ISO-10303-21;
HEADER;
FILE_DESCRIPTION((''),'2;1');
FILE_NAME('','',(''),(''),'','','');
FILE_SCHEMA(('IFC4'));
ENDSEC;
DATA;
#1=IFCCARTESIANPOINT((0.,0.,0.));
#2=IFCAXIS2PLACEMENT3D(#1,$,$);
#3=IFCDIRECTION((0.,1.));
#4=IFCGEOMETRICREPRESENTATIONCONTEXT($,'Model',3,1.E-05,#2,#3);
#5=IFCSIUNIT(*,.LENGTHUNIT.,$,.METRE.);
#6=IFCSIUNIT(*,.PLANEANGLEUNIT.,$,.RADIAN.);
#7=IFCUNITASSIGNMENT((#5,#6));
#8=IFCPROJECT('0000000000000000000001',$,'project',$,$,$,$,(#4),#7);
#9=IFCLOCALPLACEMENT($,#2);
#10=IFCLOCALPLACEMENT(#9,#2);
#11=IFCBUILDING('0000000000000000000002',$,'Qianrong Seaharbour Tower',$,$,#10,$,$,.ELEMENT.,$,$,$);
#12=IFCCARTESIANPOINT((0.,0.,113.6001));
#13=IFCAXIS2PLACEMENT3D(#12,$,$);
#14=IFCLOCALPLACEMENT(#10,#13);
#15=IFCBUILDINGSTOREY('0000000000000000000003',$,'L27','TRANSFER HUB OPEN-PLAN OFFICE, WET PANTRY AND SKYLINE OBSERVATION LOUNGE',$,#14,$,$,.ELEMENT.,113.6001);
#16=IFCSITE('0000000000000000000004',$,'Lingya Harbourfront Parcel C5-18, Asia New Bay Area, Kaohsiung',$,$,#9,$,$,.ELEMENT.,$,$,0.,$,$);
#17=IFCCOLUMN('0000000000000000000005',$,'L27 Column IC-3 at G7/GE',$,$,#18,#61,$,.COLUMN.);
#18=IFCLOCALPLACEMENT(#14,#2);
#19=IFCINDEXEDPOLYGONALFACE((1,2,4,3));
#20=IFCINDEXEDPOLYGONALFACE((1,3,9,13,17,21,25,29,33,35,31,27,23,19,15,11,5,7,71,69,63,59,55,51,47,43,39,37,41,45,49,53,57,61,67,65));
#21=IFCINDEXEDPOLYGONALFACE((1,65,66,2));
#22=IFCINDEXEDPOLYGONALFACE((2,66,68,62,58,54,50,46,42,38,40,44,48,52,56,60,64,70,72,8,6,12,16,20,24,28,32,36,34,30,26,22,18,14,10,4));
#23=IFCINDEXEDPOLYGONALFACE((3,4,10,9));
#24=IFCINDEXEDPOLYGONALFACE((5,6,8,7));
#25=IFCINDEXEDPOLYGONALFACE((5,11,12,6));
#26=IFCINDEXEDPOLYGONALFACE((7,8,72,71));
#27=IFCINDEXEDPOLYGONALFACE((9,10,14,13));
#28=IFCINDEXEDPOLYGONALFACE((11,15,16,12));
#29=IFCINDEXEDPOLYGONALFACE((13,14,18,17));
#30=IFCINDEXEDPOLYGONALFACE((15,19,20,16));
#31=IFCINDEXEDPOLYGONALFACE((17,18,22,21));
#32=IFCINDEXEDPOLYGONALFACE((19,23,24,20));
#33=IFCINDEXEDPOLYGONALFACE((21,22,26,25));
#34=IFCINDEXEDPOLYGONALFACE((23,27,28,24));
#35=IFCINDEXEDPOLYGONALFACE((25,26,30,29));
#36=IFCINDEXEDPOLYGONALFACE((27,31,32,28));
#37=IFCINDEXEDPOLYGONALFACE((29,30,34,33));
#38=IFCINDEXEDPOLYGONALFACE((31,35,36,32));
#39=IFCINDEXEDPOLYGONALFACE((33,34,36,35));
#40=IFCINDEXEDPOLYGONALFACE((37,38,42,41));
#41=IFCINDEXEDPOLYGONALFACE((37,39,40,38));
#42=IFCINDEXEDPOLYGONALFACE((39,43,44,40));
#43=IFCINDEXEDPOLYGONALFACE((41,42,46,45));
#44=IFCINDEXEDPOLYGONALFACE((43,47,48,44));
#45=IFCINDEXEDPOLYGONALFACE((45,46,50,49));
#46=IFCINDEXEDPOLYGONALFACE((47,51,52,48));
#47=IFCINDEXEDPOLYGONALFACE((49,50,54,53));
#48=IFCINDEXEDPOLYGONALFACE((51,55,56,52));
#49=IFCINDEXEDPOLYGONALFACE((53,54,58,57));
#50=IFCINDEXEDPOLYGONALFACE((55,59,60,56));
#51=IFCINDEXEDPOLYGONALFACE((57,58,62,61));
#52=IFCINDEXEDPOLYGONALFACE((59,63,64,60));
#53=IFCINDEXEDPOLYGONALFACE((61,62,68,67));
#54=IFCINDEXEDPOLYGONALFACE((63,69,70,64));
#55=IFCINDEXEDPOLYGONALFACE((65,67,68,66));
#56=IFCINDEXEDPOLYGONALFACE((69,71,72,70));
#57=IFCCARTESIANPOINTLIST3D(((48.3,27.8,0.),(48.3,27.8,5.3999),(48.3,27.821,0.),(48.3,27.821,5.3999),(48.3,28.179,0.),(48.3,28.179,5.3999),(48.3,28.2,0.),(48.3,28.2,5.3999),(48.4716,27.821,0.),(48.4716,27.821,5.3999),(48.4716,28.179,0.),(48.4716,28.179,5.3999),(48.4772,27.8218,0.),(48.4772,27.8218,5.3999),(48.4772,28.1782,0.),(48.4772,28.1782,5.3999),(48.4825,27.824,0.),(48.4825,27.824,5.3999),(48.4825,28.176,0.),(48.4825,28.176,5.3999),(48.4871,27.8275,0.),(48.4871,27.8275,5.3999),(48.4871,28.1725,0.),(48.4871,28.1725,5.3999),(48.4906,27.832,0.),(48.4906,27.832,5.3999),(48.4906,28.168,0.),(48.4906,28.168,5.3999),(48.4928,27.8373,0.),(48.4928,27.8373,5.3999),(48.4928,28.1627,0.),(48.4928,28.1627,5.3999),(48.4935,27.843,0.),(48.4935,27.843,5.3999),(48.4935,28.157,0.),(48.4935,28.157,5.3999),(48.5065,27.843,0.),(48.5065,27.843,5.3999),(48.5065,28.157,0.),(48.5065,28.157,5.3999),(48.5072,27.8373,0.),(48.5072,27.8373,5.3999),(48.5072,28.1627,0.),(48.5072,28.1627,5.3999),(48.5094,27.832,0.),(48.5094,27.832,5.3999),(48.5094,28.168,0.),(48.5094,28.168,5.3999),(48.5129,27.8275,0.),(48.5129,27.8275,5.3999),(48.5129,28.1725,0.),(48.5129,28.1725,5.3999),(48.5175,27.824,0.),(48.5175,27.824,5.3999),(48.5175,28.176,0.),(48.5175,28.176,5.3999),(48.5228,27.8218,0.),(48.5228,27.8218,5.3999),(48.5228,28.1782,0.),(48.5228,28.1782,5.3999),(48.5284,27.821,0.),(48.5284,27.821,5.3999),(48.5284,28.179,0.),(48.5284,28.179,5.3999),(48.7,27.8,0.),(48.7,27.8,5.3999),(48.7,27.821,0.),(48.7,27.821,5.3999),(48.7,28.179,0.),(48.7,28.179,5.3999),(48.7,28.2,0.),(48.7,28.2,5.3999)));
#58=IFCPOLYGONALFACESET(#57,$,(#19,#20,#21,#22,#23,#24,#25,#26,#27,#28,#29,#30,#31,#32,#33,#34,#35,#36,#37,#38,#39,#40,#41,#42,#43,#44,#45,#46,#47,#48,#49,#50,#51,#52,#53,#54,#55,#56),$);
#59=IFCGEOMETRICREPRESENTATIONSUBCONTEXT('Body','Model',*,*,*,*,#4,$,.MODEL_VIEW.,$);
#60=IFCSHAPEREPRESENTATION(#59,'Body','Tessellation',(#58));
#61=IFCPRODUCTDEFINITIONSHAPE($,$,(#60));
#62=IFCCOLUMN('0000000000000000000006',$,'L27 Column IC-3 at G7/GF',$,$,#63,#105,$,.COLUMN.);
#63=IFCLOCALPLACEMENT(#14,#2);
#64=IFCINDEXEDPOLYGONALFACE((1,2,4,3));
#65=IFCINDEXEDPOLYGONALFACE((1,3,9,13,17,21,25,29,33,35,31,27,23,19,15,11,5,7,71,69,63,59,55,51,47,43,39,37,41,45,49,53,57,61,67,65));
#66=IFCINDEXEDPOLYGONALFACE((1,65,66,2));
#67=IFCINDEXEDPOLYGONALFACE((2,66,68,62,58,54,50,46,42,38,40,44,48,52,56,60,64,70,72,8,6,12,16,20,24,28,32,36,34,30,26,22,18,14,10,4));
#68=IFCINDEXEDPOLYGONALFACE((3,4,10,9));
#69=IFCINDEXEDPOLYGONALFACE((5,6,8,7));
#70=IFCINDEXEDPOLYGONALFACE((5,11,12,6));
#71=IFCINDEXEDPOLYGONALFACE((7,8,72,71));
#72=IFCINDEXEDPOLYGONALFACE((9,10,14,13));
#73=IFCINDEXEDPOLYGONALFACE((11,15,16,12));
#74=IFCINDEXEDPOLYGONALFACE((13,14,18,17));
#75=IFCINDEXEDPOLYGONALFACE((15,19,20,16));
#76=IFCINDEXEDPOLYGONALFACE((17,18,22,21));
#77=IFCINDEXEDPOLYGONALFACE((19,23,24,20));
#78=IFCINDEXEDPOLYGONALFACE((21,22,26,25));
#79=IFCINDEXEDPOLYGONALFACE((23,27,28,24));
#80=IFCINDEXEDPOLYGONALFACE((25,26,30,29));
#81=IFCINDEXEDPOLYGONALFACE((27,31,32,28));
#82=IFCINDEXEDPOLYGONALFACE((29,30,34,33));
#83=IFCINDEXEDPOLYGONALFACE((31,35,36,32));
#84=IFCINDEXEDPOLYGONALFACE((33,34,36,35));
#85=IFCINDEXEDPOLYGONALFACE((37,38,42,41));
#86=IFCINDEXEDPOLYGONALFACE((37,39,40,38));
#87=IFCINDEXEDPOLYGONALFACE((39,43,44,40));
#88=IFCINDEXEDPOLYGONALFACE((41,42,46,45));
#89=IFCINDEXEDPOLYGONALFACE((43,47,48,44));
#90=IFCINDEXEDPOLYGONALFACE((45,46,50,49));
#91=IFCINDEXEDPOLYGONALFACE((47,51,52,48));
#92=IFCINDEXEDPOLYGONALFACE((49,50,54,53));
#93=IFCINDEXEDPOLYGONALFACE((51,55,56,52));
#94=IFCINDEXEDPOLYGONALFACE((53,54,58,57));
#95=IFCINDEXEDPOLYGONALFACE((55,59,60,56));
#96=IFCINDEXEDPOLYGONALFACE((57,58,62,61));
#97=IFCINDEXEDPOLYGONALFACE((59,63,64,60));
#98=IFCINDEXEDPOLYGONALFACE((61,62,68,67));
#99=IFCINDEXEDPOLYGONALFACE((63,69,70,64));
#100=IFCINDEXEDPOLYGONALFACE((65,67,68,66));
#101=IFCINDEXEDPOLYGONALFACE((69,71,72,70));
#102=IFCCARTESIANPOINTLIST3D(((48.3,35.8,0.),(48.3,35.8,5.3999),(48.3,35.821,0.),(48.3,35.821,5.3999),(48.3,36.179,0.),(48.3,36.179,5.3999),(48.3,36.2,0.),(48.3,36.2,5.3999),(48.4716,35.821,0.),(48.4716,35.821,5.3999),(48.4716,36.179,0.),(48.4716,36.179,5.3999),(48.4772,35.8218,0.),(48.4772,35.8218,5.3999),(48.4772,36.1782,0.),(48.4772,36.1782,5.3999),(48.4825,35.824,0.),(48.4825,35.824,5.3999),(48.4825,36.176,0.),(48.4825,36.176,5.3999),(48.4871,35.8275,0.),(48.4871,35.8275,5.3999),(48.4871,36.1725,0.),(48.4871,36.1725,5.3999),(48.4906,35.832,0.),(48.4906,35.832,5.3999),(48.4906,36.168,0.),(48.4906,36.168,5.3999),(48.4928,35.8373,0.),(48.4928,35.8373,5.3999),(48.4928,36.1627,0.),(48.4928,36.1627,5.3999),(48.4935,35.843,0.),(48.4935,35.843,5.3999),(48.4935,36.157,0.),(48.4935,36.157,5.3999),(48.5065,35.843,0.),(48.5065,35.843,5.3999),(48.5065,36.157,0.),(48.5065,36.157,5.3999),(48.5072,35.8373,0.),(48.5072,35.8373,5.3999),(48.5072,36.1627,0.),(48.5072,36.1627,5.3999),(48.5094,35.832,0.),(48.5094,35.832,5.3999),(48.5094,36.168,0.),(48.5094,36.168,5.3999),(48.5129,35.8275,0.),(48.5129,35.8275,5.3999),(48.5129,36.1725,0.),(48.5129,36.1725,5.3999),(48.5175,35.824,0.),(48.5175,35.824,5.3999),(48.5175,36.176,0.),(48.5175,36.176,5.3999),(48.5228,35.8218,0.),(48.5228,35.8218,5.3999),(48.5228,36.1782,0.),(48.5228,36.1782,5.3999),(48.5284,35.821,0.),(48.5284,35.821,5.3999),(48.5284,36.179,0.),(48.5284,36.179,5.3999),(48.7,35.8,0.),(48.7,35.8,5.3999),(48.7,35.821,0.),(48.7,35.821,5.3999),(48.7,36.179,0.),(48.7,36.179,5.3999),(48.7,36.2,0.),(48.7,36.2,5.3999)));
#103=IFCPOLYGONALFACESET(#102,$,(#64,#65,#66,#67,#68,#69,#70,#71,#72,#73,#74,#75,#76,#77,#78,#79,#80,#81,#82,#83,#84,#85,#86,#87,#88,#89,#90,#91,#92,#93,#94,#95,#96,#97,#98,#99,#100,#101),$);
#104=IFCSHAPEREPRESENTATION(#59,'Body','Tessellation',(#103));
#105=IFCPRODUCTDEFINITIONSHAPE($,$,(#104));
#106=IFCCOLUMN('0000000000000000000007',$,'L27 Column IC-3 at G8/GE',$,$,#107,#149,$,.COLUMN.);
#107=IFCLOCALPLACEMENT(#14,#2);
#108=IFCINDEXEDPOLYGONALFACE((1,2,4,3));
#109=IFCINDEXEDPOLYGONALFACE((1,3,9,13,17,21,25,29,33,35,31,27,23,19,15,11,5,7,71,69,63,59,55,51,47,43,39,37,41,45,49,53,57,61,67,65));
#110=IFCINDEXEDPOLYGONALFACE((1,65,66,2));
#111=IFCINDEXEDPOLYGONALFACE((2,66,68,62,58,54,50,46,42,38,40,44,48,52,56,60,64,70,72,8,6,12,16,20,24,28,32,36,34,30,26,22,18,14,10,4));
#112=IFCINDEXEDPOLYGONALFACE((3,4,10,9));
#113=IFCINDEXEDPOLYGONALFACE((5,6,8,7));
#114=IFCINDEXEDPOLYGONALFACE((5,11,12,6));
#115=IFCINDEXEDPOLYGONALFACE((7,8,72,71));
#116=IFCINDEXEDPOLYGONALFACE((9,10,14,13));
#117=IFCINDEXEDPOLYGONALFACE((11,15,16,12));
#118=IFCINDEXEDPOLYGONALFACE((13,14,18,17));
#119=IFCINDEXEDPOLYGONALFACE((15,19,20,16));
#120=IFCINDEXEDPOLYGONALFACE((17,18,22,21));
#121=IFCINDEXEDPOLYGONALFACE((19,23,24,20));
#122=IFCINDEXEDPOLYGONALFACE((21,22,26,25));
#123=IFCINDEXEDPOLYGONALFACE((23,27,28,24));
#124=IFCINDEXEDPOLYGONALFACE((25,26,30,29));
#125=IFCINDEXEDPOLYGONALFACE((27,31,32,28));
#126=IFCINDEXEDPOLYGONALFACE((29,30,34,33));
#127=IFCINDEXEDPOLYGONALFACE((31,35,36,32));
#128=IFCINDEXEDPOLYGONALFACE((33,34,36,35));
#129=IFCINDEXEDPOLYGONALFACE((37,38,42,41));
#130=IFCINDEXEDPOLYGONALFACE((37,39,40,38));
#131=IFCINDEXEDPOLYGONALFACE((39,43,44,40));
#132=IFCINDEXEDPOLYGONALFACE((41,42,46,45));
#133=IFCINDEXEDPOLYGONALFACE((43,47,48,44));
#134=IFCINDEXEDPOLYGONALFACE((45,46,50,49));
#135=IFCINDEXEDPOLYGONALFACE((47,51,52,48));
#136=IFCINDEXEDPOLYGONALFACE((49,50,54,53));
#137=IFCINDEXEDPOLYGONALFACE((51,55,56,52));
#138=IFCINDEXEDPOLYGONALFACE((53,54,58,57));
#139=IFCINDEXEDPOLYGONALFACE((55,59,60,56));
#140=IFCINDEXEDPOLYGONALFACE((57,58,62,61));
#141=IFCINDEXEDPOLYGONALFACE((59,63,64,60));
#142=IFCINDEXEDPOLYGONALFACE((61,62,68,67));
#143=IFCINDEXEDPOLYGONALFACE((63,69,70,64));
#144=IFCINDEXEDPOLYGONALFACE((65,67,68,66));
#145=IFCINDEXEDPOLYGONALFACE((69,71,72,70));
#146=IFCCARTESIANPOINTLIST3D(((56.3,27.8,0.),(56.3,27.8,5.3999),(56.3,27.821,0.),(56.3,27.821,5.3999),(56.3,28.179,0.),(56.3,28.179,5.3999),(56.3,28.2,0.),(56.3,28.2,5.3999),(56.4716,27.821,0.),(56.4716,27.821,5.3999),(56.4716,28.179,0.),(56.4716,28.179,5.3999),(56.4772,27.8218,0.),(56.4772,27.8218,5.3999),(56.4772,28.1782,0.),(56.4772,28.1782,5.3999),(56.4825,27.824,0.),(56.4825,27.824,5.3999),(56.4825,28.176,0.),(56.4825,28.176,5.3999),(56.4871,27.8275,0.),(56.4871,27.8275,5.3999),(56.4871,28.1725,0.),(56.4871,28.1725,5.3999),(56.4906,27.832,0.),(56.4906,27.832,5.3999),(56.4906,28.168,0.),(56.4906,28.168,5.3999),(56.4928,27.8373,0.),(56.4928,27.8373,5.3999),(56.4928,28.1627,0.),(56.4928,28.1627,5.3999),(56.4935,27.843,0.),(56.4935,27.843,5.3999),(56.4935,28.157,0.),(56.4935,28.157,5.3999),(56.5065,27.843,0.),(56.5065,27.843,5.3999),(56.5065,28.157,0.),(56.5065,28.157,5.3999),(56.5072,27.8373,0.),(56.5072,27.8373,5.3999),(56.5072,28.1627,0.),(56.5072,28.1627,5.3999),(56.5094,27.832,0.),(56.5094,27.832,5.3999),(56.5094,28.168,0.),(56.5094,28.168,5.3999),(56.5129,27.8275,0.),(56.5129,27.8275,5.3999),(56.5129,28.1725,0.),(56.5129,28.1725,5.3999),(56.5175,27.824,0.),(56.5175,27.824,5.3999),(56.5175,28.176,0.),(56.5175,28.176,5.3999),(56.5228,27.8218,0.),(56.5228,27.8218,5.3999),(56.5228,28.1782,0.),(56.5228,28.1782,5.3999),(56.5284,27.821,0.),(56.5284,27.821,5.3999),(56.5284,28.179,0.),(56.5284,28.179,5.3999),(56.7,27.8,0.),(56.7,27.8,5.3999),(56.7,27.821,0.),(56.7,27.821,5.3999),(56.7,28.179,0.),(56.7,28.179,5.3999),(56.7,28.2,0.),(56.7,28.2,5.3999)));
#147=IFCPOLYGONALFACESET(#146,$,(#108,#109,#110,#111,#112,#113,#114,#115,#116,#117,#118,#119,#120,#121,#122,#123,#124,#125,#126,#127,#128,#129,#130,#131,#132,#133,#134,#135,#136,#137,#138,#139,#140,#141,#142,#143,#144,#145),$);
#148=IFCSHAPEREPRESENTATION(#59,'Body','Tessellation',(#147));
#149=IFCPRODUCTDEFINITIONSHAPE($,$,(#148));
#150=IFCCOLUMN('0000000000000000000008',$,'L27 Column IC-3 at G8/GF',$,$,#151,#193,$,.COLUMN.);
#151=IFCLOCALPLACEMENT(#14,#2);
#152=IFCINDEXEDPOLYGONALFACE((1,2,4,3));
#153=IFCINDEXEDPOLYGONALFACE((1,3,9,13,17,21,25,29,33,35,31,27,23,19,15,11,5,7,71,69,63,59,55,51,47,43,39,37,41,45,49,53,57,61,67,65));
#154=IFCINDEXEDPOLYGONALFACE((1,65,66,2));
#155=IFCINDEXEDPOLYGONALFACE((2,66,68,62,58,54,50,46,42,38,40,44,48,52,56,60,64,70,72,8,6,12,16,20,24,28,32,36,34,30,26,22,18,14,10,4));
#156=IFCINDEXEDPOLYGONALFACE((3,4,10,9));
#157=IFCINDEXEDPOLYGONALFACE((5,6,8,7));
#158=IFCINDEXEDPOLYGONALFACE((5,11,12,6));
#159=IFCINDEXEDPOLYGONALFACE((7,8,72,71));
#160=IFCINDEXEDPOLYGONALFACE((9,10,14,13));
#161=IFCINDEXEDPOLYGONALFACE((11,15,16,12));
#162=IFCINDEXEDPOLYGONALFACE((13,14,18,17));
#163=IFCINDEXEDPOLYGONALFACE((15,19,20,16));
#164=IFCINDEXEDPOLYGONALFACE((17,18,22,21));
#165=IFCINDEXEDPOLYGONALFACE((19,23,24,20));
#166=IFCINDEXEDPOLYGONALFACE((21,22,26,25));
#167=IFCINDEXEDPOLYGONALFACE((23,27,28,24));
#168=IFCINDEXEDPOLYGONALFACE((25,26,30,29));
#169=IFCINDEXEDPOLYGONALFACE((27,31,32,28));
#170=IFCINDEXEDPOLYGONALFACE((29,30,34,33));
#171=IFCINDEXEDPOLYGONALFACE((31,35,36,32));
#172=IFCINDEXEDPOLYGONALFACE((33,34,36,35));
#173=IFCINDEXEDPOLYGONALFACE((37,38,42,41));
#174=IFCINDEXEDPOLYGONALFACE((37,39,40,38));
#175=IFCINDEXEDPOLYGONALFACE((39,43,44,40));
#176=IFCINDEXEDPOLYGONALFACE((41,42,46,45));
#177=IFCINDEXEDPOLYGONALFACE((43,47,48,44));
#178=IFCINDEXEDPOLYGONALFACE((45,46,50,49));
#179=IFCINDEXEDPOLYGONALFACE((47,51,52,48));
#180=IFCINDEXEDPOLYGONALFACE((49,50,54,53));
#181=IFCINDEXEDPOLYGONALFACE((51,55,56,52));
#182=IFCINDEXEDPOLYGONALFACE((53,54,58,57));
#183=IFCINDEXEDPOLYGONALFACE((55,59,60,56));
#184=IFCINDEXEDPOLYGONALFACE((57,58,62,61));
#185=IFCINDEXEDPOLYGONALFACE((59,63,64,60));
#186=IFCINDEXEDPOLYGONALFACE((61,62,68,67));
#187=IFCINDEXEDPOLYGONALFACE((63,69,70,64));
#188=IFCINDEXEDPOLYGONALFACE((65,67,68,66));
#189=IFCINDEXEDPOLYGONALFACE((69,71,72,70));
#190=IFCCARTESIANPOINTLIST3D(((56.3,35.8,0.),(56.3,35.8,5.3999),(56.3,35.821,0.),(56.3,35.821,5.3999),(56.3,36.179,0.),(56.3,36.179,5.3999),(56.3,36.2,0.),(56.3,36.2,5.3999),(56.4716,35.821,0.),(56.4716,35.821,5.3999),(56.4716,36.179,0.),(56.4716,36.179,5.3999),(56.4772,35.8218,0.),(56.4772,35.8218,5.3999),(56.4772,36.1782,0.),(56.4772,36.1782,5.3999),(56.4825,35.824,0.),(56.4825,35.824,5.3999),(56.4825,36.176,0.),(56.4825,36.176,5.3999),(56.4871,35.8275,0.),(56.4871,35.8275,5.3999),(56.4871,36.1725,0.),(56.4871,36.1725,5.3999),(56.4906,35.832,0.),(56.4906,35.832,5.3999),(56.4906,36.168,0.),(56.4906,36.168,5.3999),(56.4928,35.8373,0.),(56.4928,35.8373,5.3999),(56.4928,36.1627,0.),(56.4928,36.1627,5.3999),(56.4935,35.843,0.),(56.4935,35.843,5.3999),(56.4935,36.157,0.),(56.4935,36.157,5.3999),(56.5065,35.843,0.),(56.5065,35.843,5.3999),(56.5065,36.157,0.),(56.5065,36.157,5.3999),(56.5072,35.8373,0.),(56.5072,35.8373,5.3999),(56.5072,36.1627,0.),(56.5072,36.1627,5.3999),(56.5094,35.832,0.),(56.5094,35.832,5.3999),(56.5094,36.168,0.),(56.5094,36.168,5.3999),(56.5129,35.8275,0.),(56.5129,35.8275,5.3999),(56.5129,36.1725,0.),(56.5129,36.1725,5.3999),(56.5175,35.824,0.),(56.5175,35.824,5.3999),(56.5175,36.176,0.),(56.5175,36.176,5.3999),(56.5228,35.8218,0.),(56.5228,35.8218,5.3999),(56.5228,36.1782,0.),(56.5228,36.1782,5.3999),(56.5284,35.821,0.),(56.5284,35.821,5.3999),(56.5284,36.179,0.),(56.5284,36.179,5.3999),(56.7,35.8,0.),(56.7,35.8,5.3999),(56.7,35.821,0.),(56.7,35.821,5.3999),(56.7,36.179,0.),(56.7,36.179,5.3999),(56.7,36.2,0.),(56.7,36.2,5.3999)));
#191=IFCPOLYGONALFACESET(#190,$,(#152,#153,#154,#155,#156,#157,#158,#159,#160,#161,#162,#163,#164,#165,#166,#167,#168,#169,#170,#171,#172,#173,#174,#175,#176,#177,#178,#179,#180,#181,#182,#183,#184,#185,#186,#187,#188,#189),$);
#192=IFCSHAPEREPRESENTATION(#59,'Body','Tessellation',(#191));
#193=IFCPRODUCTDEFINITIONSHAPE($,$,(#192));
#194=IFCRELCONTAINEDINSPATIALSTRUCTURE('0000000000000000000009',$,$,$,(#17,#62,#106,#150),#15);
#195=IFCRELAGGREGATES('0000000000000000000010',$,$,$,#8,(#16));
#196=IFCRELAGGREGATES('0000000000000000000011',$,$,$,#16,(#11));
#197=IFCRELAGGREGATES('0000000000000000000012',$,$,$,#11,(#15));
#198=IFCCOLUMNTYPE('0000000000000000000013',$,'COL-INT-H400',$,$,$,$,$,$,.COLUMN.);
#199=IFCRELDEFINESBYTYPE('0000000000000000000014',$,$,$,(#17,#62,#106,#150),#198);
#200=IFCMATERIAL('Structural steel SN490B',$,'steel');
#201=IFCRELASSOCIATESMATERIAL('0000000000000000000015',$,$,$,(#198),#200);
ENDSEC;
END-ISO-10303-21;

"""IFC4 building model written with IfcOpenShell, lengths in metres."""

from ifc_helpers import new_model, si_unit, direction, frame, origin, origin_2d, place, context, subcontext, project, spatial, i_section, extrude, material, material_profile, profile_set, type_object, element, save


model = new_model("IFC4")

# Units and contexts
model_context = context("Model", 3, precision=1e-05, world=origin(), true_north=direction((0.0, 1.0)))
body_context = subcontext(model_context, "Body", "Model", "MODEL_VIEW")
ifc_project = project(units=[si_unit("LENGTHUNIT", "METRE"), si_unit("PLANEANGLEUNIT", "RADIAN")], contexts=[model_context])

# Site, building, storey
site_placement = place(None, origin())
site = spatial("IfcSite", under=ifc_project, at=site_placement, Name="Lingya Harbourfront Parcel C5-18, Asia New Bay Area, Kaohsiung", CompositionType="ELEMENT", RefElevation=0.0)
building_placement = place(site_placement, origin())
building = spatial("IfcBuilding", under=site, at=building_placement, Name="Qianrong Seaharbour Tower", CompositionType="ELEMENT")
storey_placement = place(building_placement, frame((0.0, 0.0, 113.6001)))
storey = spatial("IfcBuildingStorey", under=building, at=storey_placement, Name="L27", Description="TRANSFER HUB OPEN-PLAN OFFICE, WET PANTRY AND SKYLINE OBSERVATION LOUNGE", CompositionType="ELEMENT", Elevation=113.6001)

# Columns
ifc_material_1 = material(Name="Structural steel SN490B", Category="steel")
ifc_material_profile_1 = material_profile(ifc_material_1, i_section(OverallWidth=0.3999, OverallDepth=0.3999, WebThickness=0.0129, FlangeThickness=0.021, FilletRadius=0.022, at=origin_2d()), Name="H400x400x13x21")
ifc_profile_set_1 = profile_set([ifc_material_profile_1], Name="Structural steel SN490B")
column_type = type_object("IfcColumnType", Name="COL-INT-H400", PredefinedType="COLUMN", material=ifc_profile_set_1)
for number, where, z_axis, x_axis, name in (
    (1, (48.5, 28.0, 0.0), (0.0, 0.0, 1.0), (1.0, 0.0, 0.0), "L27 Column IC-3 at G7/GE"),
    (2, (48.5, 36.0, 0.0), (0.0, 0.0, 1.0), (1.0, 0.0, 0.0), "L27 Column IC-3 at G7/GF"),
    (3, (56.5, 28.0, 0.0), (0.0, 0.0, 1.0), (1.0, 0.0, 0.0), "L27 Column IC-3 at G8/GE"),
    (4, (56.5, 36.0, 0.0), (0.0, 0.0, 1.0), (1.0, 0.0, 0.0), "L27 Column IC-3 at G8/GF"),
):
    element("IfcColumn", number, at=place(storey_placement, frame(where, z_axis=z_axis, x_axis=x_axis)), inside=storey, type_object=column_type, Name=name, PredefinedType="COLUMN", context=body_context, shape_type="SweptSolid", body=[
        extrude(i_section(OverallWidth=0.3999, OverallDepth=0.3999, WebThickness=0.0129, FlangeThickness=0.021, FilletRadius=0.022, at=origin_2d()), origin(), (0.0, 0.0, 1.0), 5.3999),
    ])

save(model, "model.ifc")
